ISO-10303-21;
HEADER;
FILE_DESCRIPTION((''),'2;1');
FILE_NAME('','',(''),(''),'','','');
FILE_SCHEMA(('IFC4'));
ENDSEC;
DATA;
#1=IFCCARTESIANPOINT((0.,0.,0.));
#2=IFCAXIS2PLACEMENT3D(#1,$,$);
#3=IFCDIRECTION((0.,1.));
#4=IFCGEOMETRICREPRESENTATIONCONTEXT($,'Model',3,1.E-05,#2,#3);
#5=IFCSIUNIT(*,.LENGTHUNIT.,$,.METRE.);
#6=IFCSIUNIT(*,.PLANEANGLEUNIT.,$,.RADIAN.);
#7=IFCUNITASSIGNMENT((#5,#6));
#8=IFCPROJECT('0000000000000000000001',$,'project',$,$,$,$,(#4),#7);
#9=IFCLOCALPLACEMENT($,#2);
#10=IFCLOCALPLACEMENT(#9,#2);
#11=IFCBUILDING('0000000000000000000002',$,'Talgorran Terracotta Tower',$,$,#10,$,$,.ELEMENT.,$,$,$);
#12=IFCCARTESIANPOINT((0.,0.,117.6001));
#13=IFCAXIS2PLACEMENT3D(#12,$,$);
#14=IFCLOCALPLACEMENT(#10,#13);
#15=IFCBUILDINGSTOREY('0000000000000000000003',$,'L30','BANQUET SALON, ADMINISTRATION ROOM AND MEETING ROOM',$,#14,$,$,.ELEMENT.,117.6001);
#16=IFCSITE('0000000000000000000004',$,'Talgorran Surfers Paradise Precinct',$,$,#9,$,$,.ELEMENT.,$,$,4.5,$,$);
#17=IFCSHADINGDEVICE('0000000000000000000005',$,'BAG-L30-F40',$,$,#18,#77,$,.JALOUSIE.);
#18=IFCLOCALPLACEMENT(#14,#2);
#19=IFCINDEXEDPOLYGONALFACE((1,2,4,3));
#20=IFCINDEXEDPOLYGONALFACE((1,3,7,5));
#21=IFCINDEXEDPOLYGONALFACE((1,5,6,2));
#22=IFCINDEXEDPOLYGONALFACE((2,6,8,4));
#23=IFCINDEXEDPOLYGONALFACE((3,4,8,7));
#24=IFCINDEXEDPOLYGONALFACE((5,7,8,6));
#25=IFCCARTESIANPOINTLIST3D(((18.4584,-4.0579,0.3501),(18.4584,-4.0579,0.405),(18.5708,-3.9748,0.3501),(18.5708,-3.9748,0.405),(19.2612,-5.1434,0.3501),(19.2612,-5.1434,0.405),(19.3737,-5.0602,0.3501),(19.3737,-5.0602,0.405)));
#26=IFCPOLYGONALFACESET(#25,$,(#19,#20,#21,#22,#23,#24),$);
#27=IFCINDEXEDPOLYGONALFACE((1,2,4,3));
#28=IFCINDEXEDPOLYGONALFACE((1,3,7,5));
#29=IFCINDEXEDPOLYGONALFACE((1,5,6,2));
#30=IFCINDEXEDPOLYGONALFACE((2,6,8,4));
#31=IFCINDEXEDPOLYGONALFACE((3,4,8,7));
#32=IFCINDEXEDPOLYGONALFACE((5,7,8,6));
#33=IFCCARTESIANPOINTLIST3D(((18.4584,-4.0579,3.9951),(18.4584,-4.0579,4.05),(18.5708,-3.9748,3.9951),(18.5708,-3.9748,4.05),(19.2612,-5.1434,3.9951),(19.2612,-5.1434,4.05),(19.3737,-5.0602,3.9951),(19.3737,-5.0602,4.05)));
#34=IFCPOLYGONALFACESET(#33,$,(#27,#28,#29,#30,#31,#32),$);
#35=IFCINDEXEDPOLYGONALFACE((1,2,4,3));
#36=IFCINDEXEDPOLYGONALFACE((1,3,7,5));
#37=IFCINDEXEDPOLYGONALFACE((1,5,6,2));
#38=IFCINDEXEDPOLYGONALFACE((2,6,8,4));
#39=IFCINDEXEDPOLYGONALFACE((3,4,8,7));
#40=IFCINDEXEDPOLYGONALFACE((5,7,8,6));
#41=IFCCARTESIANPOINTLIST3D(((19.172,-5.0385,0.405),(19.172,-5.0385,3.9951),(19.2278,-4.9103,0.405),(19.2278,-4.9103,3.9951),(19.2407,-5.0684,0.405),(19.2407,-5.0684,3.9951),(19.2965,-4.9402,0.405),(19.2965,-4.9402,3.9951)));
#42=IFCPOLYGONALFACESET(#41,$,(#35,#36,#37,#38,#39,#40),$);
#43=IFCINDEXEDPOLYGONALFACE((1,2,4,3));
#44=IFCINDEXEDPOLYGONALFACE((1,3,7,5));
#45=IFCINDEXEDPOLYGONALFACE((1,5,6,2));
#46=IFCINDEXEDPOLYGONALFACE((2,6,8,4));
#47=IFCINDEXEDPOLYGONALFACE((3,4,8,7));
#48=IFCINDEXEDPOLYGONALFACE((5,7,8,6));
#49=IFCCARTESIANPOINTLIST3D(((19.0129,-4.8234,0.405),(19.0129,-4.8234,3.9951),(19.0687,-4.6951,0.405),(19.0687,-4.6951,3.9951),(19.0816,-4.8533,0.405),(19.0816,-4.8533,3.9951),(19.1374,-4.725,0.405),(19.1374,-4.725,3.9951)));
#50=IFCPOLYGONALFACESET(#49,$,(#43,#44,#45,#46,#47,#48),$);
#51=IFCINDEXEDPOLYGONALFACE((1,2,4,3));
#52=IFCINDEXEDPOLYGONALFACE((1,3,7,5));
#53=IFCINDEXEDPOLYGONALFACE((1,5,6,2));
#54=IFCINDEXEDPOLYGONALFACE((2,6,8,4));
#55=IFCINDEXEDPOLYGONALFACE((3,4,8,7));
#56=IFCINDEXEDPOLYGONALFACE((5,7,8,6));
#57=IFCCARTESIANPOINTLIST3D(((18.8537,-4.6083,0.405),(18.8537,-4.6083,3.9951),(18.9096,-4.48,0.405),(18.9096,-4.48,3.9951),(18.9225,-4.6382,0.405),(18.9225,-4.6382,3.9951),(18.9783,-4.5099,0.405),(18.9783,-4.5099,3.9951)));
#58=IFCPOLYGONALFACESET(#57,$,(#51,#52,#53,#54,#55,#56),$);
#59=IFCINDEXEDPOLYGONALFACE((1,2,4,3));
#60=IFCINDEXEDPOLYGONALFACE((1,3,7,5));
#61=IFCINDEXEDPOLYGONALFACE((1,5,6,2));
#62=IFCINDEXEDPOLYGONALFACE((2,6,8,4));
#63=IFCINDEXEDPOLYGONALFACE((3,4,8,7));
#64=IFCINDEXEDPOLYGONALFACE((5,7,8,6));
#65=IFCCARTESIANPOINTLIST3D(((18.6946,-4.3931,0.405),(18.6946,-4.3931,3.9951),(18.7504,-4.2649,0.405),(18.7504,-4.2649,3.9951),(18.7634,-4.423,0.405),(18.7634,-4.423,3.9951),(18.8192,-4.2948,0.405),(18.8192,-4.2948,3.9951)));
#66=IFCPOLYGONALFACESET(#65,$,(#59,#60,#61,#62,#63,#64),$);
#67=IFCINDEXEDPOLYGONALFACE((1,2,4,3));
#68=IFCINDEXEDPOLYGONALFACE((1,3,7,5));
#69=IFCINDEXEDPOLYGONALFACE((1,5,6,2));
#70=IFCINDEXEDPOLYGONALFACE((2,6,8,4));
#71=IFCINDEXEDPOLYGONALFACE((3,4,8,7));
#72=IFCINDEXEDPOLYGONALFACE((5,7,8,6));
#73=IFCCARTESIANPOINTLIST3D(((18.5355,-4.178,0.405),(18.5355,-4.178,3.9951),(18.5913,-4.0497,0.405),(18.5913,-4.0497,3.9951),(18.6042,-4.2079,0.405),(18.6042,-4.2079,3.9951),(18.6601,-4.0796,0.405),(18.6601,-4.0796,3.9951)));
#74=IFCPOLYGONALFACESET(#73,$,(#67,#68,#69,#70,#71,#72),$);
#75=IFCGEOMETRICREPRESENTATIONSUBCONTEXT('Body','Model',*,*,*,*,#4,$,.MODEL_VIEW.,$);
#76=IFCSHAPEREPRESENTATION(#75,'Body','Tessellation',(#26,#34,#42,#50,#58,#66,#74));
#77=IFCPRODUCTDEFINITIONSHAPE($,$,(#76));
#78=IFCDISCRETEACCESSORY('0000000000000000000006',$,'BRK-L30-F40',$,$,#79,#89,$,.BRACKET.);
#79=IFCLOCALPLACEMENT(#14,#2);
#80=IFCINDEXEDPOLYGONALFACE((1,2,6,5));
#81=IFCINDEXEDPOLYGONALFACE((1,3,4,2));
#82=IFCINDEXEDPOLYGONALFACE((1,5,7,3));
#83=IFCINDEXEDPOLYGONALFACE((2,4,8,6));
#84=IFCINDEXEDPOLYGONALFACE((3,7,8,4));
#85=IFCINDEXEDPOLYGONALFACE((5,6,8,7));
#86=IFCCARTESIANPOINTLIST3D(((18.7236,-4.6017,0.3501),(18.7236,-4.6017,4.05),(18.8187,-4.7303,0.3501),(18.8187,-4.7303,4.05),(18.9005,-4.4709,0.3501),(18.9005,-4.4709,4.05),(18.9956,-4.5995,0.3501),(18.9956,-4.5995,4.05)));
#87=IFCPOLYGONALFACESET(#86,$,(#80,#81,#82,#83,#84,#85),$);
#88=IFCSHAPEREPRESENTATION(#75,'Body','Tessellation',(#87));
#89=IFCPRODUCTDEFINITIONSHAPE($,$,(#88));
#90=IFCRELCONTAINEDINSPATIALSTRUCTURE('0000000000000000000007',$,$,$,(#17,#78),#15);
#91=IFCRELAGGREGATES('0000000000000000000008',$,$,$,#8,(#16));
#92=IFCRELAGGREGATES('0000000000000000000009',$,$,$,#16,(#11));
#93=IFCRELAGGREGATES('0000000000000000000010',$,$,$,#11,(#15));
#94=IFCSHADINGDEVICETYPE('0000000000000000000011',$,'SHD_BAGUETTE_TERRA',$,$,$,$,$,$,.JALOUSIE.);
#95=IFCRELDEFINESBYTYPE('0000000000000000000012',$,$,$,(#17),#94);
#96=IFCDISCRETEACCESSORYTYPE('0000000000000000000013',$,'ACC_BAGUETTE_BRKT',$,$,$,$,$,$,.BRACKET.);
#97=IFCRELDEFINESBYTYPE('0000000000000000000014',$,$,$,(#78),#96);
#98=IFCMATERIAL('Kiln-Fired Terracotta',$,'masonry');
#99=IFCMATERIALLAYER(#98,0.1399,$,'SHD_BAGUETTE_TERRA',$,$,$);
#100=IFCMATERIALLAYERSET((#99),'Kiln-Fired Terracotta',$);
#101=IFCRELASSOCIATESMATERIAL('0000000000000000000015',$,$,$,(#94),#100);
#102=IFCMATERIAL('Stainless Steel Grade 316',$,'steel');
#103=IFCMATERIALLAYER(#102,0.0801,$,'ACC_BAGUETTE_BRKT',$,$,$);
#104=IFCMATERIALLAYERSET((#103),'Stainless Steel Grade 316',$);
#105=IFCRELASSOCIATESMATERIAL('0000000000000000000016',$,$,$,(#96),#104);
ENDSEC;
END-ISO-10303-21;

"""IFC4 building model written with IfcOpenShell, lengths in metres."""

from ifc_helpers import new_model, si_unit, direction, frame, origin, origin_2d, place, context, subcontext, project, spatial, rectangle, extrude, source, transform, mapped, material, layer, layer_set, type_object, type_shapes, element, save


model = new_model("IFC4")

# Units and contexts
model_context = context("Model", 3, precision=1e-05, world=origin(), true_north=direction((0.0, 1.0)))
body_context = subcontext(model_context, "Body", "Model", "MODEL_VIEW")
ifc_project = project(units=[si_unit("LENGTHUNIT", "METRE"), si_unit("PLANEANGLEUNIT", "RADIAN")], contexts=[model_context])

# Site, building, storey
site_placement = place(None, origin())
site = spatial("IfcSite", under=ifc_project, at=site_placement, Name="Talgorran Surfers Paradise Precinct", CompositionType="ELEMENT", RefElevation=4.5)
building_placement = place(site_placement, origin())
building = spatial("IfcBuilding", under=site, at=building_placement, Name="Talgorran Terracotta Tower", CompositionType="ELEMENT")
storey_placement = place(building_placement, frame((0.0, 0.0, 117.6001)))
storey = spatial("IfcBuildingStorey", under=building, at=storey_placement, Name="L30", Description="BANQUET SALON, ADMINISTRATION ROOM AND MEETING ROOM", CompositionType="ELEMENT", Elevation=117.6001)

# Shading device
ifc_material_1 = material(Name="Kiln-Fired Terracotta", Category="masonry")
ifc_layer_1 = layer(ifc_material_1, 0.1399, Name="SHD_BAGUETTE_TERRA")
ifc_layer_set_1 = layer_set([ifc_layer_1], Name="Kiln-Fired Terracotta")
shading_device_type = type_object("IfcShadingDeviceType", Name="SHD_BAGUETTE_TERRA", PredefinedType="JALOUSIE", material=ifc_layer_set_1)
shared_shape_1 = source(origin(), body_context, "Body", "SweptSolid", [
    extrude(rectangle(XDim=1.3501, YDim=0.1399, at=origin_2d()), origin(), (0.0, 0.0, 1.0), 0.0549),
    extrude(rectangle(XDim=1.3501, YDim=0.1399, at=origin_2d()), frame((0.0, 0.0, 3.645)), (0.0, 0.0, 1.0), 0.0549),
    extrude(rectangle(XDim=0.075, YDim=0.1399, at=origin_2d()), frame((-0.5352, 0.0, 0.0549), z_axis=(0.0, 0.0, 1.0), x_axis=(0.866025, 0.5, 0.0)), (0.0, 0.0, 1.0), 3.5901),
    extrude(rectangle(XDim=0.075, YDim=0.1399, at=origin_2d()), frame((-0.2676, 0.0, 0.0549), z_axis=(0.0, 0.0, 1.0), x_axis=(0.866025, 0.5, 0.0)), (0.0, 0.0, 1.0), 3.5901),
    extrude(rectangle(XDim=0.075, YDim=0.1399, at=origin_2d()), frame((0.0, 0.0, 0.0549), z_axis=(0.0, 0.0, 1.0), x_axis=(0.866025, 0.5, 0.0)), (0.0, 0.0, 1.0), 3.5901),
    extrude(rectangle(XDim=0.075, YDim=0.1399, at=origin_2d()), frame((0.2676, 0.0, 0.0549), z_axis=(0.0, 0.0, 1.0), x_axis=(0.866025, 0.5, 0.0)), (0.0, 0.0, 1.0), 3.5901),
    extrude(rectangle(XDim=0.075, YDim=0.1399, at=origin_2d()), frame((0.5352, 0.0, 0.0549), z_axis=(0.0, 0.0, 1.0), x_axis=(0.866025, 0.5, 0.0)), (0.0, 0.0, 1.0), 3.5901),
])
type_shapes(shading_device_type, [shared_shape_1])
shading_device_placement = place(storey_placement, frame((18.916, -4.5591, 0.3501), z_axis=(0.0, 0.0, 1.0), x_axis=(-0.59464, 0.803992, 0.0)))
element("IfcShadingDevice", 1, at=shading_device_placement, inside=storey, type_object=shading_device_type, Name="BAG-L30-F40", PredefinedType="JALOUSIE", context=body_context, shape_type="MappedRepresentation", body=[
    mapped(shared_shape_1, transform((0.0, 0.0, 0.0), scale=1.0)),
])

# Discrete accessory
ifc_material_2 = material(Name="Stainless Steel Grade 316", Category="steel")
ifc_layer_2 = layer(ifc_material_2, 0.0801, Name="ACC_BAGUETTE_BRKT")
ifc_layer_set_2 = layer_set([ifc_layer_2], Name="Stainless Steel Grade 316")
discrete_accessory_type = type_object("IfcDiscreteAccessoryType", Name="ACC_BAGUETTE_BRKT", PredefinedType="BRACKET", material=ifc_layer_set_2)
shared_shape_2 = source(origin(), body_context, "Body", "SweptSolid", [
    extrude(rectangle(XDim=0.1599, YDim=0.22, at=origin_2d()), origin(), (0.0, 0.0, 1.0), 3.7),
])
type_shapes(discrete_accessory_type, [shared_shape_2])
discrete_accessory_placement = place(storey_placement, frame((18.8596, -4.6006, 0.3501), z_axis=(0.0, 0.0, 1.0), x_axis=(-0.59464, 0.803992, 0.0)))
element("IfcDiscreteAccessory", 2, at=discrete_accessory_placement, inside=storey, type_object=discrete_accessory_type, Name="BRK-L30-F40", PredefinedType="BRACKET", context=body_context, shape_type="MappedRepresentation", body=[
    mapped(shared_shape_2, transform((0.0, 0.0, 0.0), scale=1.0)),
])

save(model, "model.ifc")
